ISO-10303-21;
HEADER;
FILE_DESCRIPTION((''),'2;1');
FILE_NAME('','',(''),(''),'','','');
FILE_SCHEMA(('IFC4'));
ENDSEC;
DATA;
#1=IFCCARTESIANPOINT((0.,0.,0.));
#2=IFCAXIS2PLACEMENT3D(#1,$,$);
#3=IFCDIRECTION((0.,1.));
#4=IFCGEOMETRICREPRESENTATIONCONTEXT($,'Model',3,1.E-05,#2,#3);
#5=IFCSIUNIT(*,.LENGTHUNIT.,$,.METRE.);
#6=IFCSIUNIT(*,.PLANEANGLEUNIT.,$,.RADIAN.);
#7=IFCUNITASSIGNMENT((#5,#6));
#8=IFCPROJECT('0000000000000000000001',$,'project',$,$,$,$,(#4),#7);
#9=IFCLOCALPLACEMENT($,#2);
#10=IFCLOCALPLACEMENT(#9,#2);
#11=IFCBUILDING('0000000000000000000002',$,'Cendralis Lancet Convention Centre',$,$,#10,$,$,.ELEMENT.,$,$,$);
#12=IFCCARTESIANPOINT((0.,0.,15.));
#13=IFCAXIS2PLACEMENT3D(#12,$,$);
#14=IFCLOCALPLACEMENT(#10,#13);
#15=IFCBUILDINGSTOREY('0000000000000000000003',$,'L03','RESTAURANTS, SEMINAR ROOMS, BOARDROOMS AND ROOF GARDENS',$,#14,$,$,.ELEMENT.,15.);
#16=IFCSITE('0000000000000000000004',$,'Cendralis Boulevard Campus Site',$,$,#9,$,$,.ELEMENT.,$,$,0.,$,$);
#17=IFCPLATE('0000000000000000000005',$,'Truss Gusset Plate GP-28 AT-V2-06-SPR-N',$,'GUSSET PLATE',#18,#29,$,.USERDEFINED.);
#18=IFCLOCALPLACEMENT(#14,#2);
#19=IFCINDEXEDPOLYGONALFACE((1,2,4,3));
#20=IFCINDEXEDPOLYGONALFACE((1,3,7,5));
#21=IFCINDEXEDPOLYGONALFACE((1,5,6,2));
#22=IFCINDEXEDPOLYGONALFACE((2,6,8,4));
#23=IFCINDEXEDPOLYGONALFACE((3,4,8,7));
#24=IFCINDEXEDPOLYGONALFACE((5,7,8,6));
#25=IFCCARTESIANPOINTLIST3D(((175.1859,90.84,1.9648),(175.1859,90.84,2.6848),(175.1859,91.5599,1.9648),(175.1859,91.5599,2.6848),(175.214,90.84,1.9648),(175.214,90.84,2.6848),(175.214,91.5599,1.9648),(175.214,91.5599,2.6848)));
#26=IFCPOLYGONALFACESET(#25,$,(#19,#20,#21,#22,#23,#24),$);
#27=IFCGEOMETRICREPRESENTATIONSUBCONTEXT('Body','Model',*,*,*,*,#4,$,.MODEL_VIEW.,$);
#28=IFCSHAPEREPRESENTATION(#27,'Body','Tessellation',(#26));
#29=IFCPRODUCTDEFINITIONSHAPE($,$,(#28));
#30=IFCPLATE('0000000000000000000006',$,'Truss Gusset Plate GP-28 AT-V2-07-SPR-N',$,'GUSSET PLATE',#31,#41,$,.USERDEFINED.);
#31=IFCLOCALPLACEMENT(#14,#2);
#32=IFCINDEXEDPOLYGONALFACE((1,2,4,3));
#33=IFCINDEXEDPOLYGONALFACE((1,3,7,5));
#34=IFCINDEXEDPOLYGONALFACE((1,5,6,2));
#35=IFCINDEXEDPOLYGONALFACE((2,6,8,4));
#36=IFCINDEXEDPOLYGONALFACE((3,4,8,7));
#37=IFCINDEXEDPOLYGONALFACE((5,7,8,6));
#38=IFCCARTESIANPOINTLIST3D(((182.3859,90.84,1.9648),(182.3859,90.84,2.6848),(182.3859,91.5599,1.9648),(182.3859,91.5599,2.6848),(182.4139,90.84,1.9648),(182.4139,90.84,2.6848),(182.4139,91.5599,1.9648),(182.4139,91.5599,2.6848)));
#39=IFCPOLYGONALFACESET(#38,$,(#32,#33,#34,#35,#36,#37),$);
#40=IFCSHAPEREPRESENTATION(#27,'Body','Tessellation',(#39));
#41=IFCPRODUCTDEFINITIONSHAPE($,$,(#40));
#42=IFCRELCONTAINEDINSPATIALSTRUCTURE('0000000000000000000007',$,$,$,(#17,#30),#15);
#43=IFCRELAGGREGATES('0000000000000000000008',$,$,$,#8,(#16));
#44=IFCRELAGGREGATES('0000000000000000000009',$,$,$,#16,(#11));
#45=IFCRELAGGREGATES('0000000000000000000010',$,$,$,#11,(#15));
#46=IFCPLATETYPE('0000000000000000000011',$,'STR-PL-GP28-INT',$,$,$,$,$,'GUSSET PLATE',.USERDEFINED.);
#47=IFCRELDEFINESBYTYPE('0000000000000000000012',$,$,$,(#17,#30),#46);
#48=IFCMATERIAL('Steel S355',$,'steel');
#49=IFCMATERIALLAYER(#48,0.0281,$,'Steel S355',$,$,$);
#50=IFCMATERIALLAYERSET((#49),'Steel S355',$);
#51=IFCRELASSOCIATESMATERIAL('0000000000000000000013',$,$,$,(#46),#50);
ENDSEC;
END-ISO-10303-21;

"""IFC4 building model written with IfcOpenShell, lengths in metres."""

from ifc_helpers import new_model, si_unit, direction, frame, origin, origin_2d, place, context, subcontext, project, spatial, rectangle, extrude, material, layer, layer_set, type_object, element, save


model = new_model("IFC4")

# Units and contexts
model_context = context("Model", 3, precision=1e-05, world=origin(), true_north=direction((0.0, 1.0)))
body_context = subcontext(model_context, "Body", "Model", "MODEL_VIEW")
ifc_project = project(units=[si_unit("LENGTHUNIT", "METRE"), si_unit("PLANEANGLEUNIT", "RADIAN")], contexts=[model_context])

# Site, building, storey
site_placement = place(None, origin())
site = spatial("IfcSite", under=ifc_project, at=site_placement, Name="Cendralis Boulevard Campus Site", CompositionType="ELEMENT", RefElevation=0.0)
building_placement = place(site_placement, origin())
building = spatial("IfcBuilding", under=site, at=building_placement, Name="Cendralis Lancet Convention Centre", CompositionType="ELEMENT")
storey_placement = place(building_placement, frame((0.0, 0.0, 15.0)))
storey = spatial("IfcBuildingStorey", under=building, at=storey_placement, Name="L03", Description="RESTAURANTS, SEMINAR ROOMS, BOARDROOMS AND ROOF GARDENS", CompositionType="ELEMENT", Elevation=15.0)

# Shared definitions
ifc_material_1 = material(Name="Steel S355", Category="steel")

# Plates
ifc_layer_1 = layer(ifc_material_1, 0.0281, Name="Steel S355")
ifc_layer_set_1 = layer_set([ifc_layer_1], Name="Steel S355")
plate_type_1 = type_object("IfcPlateType", Name="STR-PL-GP28-INT", ElementType="GUSSET PLATE", PredefinedType="USERDEFINED", material=ifc_layer_set_1)
for number, where, z_axis, x_axis, name in (
    (1, (175.2, 91.2, 1.9648), (0.0, 0.0, 1.0), (0.0, 1.0, 0.0), "Truss Gusset Plate GP-28 AT-V2-06-SPR-N"),
    (2, (182.3999, 91.2, 1.9648), (0.0, 0.0, 1.0), (0.0, 1.0, 0.0), "Truss Gusset Plate GP-28 AT-V2-07-SPR-N"),
):
    element("IfcPlate", number, at=place(storey_placement, frame(where, z_axis=z_axis, x_axis=x_axis)), inside=storey, type_object=plate_type_1, Name=name, ObjectType="GUSSET PLATE", PredefinedType="USERDEFINED", context=body_context, shape_type="SweptSolid", body=[
        extrude(rectangle(XDim=0.72, YDim=0.0281, at=origin_2d()), origin(), (0.0, 0.0, 1.0), 0.72),
    ])

save(model, "model.ifc")
